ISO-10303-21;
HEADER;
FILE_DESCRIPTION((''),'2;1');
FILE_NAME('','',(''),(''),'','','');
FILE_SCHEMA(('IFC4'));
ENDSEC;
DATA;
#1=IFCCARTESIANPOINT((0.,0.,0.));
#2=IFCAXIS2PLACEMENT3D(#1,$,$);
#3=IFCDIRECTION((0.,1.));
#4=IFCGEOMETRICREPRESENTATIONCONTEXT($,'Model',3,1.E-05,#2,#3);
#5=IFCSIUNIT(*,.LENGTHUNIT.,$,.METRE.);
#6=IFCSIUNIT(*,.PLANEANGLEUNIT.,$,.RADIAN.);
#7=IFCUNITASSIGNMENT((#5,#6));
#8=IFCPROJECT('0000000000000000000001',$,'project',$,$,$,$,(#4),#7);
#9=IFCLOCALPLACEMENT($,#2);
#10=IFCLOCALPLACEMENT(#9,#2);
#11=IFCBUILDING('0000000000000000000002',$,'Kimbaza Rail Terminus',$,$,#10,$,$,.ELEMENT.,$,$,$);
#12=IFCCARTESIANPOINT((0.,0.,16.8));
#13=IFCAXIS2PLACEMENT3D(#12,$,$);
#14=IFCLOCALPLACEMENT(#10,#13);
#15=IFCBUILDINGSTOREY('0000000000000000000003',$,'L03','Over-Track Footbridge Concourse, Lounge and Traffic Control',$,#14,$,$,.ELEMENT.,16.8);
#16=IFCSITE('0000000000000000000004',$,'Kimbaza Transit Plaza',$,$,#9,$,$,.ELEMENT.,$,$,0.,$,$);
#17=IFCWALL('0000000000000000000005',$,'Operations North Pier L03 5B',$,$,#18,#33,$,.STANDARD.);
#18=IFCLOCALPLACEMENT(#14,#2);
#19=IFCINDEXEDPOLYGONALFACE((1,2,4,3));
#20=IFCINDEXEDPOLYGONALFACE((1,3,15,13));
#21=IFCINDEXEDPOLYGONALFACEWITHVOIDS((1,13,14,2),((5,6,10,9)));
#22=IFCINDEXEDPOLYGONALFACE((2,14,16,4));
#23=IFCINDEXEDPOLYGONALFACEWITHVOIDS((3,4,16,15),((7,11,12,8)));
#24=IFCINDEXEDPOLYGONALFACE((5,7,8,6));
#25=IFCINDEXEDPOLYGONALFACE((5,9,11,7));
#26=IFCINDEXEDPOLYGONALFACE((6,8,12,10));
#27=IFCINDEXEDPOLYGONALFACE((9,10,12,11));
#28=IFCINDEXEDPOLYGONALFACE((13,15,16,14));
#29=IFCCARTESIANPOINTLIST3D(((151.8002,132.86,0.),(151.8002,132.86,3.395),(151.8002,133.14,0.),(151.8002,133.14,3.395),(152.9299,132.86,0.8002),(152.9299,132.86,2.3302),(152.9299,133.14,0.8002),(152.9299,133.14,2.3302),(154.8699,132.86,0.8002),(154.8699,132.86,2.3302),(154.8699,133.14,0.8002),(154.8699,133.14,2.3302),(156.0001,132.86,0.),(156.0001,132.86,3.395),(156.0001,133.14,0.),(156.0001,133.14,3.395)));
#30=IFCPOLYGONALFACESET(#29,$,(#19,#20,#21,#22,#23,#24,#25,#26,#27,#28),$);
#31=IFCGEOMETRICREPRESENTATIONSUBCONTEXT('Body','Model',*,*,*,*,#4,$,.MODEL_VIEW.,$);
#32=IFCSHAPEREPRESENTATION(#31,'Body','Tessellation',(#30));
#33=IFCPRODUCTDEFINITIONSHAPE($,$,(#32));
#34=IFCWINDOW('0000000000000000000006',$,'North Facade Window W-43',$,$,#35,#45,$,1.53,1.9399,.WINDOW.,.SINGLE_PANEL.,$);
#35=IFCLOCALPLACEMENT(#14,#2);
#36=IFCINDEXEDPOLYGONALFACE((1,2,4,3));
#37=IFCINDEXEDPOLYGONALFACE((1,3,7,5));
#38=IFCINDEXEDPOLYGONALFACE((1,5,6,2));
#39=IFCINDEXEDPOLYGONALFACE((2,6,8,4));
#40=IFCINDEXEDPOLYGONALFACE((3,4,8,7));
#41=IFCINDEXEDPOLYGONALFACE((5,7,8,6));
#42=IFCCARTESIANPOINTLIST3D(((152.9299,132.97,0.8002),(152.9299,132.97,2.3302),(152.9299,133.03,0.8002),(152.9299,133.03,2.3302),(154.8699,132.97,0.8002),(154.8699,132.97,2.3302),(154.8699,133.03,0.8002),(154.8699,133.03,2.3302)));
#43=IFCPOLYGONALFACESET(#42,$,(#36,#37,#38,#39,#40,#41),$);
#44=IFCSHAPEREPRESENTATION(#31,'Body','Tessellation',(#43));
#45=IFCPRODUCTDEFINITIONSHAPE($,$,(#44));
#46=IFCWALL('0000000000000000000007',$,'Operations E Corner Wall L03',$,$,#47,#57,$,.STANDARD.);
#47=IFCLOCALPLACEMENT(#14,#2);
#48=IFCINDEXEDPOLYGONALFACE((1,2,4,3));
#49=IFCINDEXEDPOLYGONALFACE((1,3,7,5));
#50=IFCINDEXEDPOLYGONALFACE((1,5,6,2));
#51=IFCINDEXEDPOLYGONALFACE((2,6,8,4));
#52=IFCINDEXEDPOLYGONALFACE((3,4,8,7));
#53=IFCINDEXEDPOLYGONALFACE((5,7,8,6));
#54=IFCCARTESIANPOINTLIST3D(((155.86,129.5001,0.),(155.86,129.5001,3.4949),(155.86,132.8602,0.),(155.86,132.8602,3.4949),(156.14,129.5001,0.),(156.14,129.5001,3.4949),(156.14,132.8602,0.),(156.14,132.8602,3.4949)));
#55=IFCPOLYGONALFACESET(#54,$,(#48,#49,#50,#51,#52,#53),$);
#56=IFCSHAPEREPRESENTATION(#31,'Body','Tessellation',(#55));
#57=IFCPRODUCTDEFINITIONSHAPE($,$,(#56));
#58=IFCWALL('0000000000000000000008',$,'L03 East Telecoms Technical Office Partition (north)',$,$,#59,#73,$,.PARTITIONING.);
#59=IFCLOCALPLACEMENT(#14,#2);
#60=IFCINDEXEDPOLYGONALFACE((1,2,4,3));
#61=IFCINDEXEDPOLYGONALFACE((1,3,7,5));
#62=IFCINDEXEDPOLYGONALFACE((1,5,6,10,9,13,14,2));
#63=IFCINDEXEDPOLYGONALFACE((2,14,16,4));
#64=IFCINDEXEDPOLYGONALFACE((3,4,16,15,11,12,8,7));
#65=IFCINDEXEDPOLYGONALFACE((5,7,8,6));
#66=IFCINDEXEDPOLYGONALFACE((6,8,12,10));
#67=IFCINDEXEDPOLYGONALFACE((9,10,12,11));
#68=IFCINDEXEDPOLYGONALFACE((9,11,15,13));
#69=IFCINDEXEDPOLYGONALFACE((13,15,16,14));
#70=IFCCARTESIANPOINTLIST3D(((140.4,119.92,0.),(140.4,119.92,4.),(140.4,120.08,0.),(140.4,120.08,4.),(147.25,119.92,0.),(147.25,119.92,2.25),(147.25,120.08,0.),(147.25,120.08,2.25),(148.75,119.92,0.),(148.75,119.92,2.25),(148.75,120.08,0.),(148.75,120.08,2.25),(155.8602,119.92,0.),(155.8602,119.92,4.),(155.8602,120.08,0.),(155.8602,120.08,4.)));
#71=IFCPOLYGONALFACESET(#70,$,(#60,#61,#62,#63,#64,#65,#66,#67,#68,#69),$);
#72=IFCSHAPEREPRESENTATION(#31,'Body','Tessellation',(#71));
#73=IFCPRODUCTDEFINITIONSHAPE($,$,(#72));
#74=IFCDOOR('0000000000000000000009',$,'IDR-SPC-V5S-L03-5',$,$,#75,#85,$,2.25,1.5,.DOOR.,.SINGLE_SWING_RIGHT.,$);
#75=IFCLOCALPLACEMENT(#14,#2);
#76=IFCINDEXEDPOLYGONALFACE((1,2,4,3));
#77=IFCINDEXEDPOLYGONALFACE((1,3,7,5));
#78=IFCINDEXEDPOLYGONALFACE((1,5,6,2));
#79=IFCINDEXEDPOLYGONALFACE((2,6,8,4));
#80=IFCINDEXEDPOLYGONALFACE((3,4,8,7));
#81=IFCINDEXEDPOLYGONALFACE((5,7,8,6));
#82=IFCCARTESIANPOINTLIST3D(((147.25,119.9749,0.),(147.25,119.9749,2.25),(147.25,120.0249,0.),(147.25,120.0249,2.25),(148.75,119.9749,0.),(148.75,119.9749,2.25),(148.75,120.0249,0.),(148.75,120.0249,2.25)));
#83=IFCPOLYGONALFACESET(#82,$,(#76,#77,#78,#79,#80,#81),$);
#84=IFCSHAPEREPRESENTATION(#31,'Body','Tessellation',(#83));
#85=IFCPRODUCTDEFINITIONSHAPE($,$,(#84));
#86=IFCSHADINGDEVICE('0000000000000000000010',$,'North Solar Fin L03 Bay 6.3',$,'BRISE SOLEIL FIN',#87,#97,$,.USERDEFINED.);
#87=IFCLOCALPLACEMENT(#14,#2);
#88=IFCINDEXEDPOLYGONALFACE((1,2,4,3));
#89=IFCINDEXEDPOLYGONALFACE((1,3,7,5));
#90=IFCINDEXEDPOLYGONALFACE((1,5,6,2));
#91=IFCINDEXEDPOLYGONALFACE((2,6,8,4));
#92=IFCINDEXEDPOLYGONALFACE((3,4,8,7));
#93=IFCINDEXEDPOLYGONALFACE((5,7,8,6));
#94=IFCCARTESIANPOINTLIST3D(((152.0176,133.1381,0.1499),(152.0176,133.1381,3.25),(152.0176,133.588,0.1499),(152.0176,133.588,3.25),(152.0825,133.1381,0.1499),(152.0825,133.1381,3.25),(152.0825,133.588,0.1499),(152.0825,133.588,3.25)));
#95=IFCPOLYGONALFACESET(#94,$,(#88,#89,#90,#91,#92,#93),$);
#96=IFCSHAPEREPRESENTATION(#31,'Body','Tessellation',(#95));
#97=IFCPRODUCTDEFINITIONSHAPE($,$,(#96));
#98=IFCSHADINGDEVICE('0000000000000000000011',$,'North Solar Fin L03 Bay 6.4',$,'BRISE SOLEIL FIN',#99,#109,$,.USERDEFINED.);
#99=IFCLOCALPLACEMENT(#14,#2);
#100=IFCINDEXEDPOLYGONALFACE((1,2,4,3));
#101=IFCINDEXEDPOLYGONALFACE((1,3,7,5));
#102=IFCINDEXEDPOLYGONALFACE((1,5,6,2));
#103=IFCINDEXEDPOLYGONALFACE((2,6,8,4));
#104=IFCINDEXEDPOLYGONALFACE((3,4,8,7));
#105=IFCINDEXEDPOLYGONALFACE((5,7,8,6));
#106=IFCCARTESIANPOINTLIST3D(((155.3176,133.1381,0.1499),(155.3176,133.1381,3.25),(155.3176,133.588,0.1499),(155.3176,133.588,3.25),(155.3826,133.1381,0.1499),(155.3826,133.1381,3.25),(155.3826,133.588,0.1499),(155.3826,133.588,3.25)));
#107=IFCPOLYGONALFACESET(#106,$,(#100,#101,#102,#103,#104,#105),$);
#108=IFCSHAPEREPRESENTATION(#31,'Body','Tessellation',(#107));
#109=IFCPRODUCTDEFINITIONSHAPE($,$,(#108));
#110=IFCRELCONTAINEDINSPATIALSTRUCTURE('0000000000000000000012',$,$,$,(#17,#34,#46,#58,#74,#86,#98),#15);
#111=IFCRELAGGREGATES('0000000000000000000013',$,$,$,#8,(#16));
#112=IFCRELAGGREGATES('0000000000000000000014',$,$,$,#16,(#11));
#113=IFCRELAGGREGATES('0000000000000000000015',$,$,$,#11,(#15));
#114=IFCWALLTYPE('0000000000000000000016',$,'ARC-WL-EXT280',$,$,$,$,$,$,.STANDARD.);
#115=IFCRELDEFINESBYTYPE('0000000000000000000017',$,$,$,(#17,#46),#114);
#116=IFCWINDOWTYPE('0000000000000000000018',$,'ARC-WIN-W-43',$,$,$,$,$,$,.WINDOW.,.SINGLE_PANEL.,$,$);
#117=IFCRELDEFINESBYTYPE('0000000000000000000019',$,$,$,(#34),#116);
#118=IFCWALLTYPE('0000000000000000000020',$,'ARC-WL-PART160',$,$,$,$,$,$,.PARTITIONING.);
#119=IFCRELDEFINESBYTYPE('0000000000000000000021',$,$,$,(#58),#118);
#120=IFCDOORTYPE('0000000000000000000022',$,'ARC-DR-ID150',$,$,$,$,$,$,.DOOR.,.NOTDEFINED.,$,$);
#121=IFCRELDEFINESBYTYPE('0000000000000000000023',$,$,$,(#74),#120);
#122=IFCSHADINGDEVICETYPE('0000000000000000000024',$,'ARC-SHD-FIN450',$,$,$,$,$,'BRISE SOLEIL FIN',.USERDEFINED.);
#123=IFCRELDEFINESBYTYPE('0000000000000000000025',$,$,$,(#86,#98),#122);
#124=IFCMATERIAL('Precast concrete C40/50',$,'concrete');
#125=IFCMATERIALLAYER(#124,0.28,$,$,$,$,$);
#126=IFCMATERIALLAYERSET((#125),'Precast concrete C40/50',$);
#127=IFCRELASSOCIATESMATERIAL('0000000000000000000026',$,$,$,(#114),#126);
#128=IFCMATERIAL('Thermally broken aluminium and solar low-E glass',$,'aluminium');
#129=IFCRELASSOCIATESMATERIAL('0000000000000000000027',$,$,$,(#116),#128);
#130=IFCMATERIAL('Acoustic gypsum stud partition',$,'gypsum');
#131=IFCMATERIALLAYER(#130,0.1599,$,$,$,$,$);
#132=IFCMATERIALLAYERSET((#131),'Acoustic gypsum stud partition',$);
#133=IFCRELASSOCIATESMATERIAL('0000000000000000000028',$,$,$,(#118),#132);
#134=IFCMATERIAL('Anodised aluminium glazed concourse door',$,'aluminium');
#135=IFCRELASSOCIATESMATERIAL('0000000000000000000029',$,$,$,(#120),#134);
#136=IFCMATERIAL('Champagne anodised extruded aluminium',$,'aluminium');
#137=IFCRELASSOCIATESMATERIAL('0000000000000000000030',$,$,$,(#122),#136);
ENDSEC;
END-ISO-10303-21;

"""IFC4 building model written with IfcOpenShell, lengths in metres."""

from ifc_helpers import new_model, si_unit, direction, frame, frame_2d, origin, origin_2d, place, context, subcontext, project, spatial, rectangle, extrude, material, layer, layer_set, type_object, element, fill, save


model = new_model("IFC4")

# Units and contexts
model_context = context("Model", 3, precision=1e-05, world=origin(), true_north=direction((0.0, 1.0)))
body_context = subcontext(model_context, "Body", "Model", "MODEL_VIEW")
ifc_project = project(units=[si_unit("LENGTHUNIT", "METRE"), si_unit("PLANEANGLEUNIT", "RADIAN")], contexts=[model_context])

# Site, building, storey
site_placement = place(None, origin())
site = spatial("IfcSite", under=ifc_project, at=site_placement, Name="Kimbaza Transit Plaza", CompositionType="ELEMENT", RefElevation=0.0)
building_placement = place(site_placement, origin())
building = spatial("IfcBuilding", under=site, at=building_placement, Name="Kimbaza Rail Terminus", CompositionType="ELEMENT")
storey_placement = place(building_placement, frame((0.0, 0.0, 16.8)))
storey = spatial("IfcBuildingStorey", under=building, at=storey_placement, Name="L03", Description="Over-Track Footbridge Concourse, Lounge and Traffic Control", CompositionType="ELEMENT", Elevation=16.8)

# Wall, opening, window
ifc_material_1 = material(Name="Precast concrete C40/50", Category="concrete")
ifc_layer_1 = layer(ifc_material_1, 0.28)
ifc_layer_set_1 = layer_set([ifc_layer_1], Name="Precast concrete C40/50")
wall_type_1 = type_object("IfcWallType", Name="ARC-WL-EXT280", PredefinedType="STANDARD", material=ifc_layer_set_1)
wall_1_placement = place(storey_placement, frame((151.8, 133.0, 0.0), z_axis=(0.0, 0.0, 1.0), x_axis=(1.0, 0.0, 0.0)))
wall_1 = element("IfcWall", 1, at=wall_1_placement, inside=storey, type_object=wall_type_1, Name="Operations North Pier L03 5B", PredefinedType="STANDARD", context=body_context, shape_type="SweptSolid", body=[
    extrude(rectangle(XDim=4.2, YDim=0.28, at=frame_2d((2.1001, 0.0))), origin(), (0.0, 0.0, 1.0), 3.395),
])
opening_1_placement = place(wall_1_placement, frame((1.1299, 0.0, 0.8)))
opening_1 = element("IfcOpeningElement", 2, at=opening_1_placement, cuts=wall_1, PredefinedType="OPENING", context=body_context, shape_type="SweptSolid", body=[
    extrude(rectangle(XDim=1.9399, YDim=1.53, at=frame_2d((0.97, 0.7651))), frame((0.0, 0.1499, 0.0), z_axis=(0.0, -1.0, 0.0), x_axis=(1.0, 0.0, 0.0)), (0.0, 0.0, 1.0), 0.3),
])
ifc_material_2 = material(Name="Thermally broken aluminium and solar low-E glass", Category="aluminium")
window_type = type_object("IfcWindowType", Name="ARC-WIN-W-43", PartitioningType="SINGLE_PANEL", PredefinedType="WINDOW", material=ifc_material_2)
window_placement = place(opening_1_placement, origin())
window = element("IfcWindow", 3, at=window_placement, inside=storey, type_object=window_type, Name="North Facade Window W-43", OverallHeight=1.53, OverallWidth=1.9399, PartitioningType="SINGLE_PANEL", PredefinedType="WINDOW", context=body_context, shape_type="SweptSolid", body=[
    extrude(rectangle(XDim=1.9399, YDim=1.53, at=frame_2d((0.97, 0.7651))), frame((0.0, 0.03, 0.0), z_axis=(0.0, -1.0, 0.0), x_axis=(1.0, 0.0, 0.0)), (0.0, 0.0, 1.0), 0.0601),
])
fill(opening_1, window)

# Wall
wall_2_placement = place(storey_placement, frame((156.0, 129.5, 0.0), z_axis=(0.0, 0.0, 1.0), x_axis=(0.0, 1.0, 0.0)))
element("IfcWall", 4, at=wall_2_placement, inside=storey, type_object=wall_type_1, Name="Operations E Corner Wall L03", PredefinedType="STANDARD", context=body_context, shape_type="SweptSolid", body=[
    extrude(rectangle(XDim=3.3601, YDim=0.28, at=frame_2d((1.6802, 0.0))), origin(), (0.0, 0.0, 1.0), 3.4949),
])

# Wall, opening, door
ifc_material_3 = material(Name="Acoustic gypsum stud partition", Category="gypsum")
ifc_layer_2 = layer(ifc_material_3, 0.1599)
ifc_layer_set_2 = layer_set([ifc_layer_2], Name="Acoustic gypsum stud partition")
wall_type_2 = type_object("IfcWallType", Name="ARC-WL-PART160", PredefinedType="PARTITIONING", material=ifc_layer_set_2)
wall_3_placement = place(storey_placement, frame((155.8601, 120.0, 0.0), z_axis=(0.0, 0.0, 1.0), x_axis=(-1.0, 0.0, 0.0)))
wall_3 = element("IfcWall", 5, at=wall_3_placement, inside=storey, type_object=wall_type_2, Name="L03 East Telecoms Technical Office Partition (north)", PredefinedType="PARTITIONING", context=body_context, shape_type="SweptSolid", body=[
    extrude(rectangle(XDim=15.4602, YDim=0.1599, at=frame_2d((7.73, 0.0))), origin(), (0.0, 0.0, 1.0), 4.0),
])
opening_2_placement = place(wall_3_placement, frame((8.6101, 0.0, 0.0), z_axis=(0.0, 0.0, 1.0), x_axis=(-1.0, 0.0, 0.0)))
opening_2 = element("IfcOpeningElement", 6, at=opening_2_placement, cuts=wall_3, PredefinedType="OPENING", context=body_context, shape_type="SweptSolid", body=[
    extrude(rectangle(XDim=1.5, YDim=2.25, at=frame_2d((0.75, 1.125))), frame((0.0, 0.0898, 0.0), z_axis=(0.0, -1.0, 0.0), x_axis=(1.0, 0.0, 0.0)), (0.0, 0.0, 1.0), 0.1799),
])
ifc_material_4 = material(Name="Anodised aluminium glazed concourse door", Category="aluminium")
door_type = type_object("IfcDoorType", Name="ARC-DR-ID150", OperationType="NOTDEFINED", PredefinedType="DOOR", material=ifc_material_4)
door_placement = place(opening_2_placement, origin())
door = element("IfcDoor", 7, at=door_placement, inside=storey, type_object=door_type, Name="IDR-SPC-V5S-L03-5", OperationType="SINGLE_SWING_RIGHT", OverallHeight=2.25, OverallWidth=1.5, PredefinedType="DOOR", context=body_context, shape_type="SweptSolid", body=[
    extrude(rectangle(XDim=1.5, YDim=2.25, at=frame_2d((0.75, 1.125))), frame((0.0, 0.0249, 0.0), z_axis=(0.0, -1.0, 0.0), x_axis=(1.0, 0.0, 0.0)), (0.0, 0.0, 1.0), 0.05),
])
fill(opening_2, door)

# Shading devices
ifc_material_5 = material(Name="Champagne anodised extruded aluminium", Category="aluminium")
shading_device_type = type_object("IfcShadingDeviceType", Name="ARC-SHD-FIN450", ElementType="BRISE SOLEIL FIN", PredefinedType="USERDEFINED", material=ifc_material_5)
for number, where, z_axis, x_axis, name in (
    (8, (152.05, 133.363, 0.1499), (0.0, 0.0, 1.0), (1.0, 0.0, 0.0), "North Solar Fin L03 Bay 6.3"),
    (9, (155.3501, 133.363, 0.1499), (0.0, 0.0, 1.0), (1.0, 0.0, 0.0), "North Solar Fin L03 Bay 6.4"),
):
    element("IfcShadingDevice", number, at=place(storey_placement, frame(where, z_axis=z_axis, x_axis=x_axis)), inside=storey, type_object=shading_device_type, Name=name, ObjectType="BRISE SOLEIL FIN", PredefinedType="USERDEFINED", context=body_context, shape_type="SweptSolid", body=[
        extrude(rectangle(XDim=0.0649, YDim=0.45, at=origin_2d()), origin(), (0.0, 0.0, 1.0), 3.1001),
    ])

save(model, "model.ifc")
